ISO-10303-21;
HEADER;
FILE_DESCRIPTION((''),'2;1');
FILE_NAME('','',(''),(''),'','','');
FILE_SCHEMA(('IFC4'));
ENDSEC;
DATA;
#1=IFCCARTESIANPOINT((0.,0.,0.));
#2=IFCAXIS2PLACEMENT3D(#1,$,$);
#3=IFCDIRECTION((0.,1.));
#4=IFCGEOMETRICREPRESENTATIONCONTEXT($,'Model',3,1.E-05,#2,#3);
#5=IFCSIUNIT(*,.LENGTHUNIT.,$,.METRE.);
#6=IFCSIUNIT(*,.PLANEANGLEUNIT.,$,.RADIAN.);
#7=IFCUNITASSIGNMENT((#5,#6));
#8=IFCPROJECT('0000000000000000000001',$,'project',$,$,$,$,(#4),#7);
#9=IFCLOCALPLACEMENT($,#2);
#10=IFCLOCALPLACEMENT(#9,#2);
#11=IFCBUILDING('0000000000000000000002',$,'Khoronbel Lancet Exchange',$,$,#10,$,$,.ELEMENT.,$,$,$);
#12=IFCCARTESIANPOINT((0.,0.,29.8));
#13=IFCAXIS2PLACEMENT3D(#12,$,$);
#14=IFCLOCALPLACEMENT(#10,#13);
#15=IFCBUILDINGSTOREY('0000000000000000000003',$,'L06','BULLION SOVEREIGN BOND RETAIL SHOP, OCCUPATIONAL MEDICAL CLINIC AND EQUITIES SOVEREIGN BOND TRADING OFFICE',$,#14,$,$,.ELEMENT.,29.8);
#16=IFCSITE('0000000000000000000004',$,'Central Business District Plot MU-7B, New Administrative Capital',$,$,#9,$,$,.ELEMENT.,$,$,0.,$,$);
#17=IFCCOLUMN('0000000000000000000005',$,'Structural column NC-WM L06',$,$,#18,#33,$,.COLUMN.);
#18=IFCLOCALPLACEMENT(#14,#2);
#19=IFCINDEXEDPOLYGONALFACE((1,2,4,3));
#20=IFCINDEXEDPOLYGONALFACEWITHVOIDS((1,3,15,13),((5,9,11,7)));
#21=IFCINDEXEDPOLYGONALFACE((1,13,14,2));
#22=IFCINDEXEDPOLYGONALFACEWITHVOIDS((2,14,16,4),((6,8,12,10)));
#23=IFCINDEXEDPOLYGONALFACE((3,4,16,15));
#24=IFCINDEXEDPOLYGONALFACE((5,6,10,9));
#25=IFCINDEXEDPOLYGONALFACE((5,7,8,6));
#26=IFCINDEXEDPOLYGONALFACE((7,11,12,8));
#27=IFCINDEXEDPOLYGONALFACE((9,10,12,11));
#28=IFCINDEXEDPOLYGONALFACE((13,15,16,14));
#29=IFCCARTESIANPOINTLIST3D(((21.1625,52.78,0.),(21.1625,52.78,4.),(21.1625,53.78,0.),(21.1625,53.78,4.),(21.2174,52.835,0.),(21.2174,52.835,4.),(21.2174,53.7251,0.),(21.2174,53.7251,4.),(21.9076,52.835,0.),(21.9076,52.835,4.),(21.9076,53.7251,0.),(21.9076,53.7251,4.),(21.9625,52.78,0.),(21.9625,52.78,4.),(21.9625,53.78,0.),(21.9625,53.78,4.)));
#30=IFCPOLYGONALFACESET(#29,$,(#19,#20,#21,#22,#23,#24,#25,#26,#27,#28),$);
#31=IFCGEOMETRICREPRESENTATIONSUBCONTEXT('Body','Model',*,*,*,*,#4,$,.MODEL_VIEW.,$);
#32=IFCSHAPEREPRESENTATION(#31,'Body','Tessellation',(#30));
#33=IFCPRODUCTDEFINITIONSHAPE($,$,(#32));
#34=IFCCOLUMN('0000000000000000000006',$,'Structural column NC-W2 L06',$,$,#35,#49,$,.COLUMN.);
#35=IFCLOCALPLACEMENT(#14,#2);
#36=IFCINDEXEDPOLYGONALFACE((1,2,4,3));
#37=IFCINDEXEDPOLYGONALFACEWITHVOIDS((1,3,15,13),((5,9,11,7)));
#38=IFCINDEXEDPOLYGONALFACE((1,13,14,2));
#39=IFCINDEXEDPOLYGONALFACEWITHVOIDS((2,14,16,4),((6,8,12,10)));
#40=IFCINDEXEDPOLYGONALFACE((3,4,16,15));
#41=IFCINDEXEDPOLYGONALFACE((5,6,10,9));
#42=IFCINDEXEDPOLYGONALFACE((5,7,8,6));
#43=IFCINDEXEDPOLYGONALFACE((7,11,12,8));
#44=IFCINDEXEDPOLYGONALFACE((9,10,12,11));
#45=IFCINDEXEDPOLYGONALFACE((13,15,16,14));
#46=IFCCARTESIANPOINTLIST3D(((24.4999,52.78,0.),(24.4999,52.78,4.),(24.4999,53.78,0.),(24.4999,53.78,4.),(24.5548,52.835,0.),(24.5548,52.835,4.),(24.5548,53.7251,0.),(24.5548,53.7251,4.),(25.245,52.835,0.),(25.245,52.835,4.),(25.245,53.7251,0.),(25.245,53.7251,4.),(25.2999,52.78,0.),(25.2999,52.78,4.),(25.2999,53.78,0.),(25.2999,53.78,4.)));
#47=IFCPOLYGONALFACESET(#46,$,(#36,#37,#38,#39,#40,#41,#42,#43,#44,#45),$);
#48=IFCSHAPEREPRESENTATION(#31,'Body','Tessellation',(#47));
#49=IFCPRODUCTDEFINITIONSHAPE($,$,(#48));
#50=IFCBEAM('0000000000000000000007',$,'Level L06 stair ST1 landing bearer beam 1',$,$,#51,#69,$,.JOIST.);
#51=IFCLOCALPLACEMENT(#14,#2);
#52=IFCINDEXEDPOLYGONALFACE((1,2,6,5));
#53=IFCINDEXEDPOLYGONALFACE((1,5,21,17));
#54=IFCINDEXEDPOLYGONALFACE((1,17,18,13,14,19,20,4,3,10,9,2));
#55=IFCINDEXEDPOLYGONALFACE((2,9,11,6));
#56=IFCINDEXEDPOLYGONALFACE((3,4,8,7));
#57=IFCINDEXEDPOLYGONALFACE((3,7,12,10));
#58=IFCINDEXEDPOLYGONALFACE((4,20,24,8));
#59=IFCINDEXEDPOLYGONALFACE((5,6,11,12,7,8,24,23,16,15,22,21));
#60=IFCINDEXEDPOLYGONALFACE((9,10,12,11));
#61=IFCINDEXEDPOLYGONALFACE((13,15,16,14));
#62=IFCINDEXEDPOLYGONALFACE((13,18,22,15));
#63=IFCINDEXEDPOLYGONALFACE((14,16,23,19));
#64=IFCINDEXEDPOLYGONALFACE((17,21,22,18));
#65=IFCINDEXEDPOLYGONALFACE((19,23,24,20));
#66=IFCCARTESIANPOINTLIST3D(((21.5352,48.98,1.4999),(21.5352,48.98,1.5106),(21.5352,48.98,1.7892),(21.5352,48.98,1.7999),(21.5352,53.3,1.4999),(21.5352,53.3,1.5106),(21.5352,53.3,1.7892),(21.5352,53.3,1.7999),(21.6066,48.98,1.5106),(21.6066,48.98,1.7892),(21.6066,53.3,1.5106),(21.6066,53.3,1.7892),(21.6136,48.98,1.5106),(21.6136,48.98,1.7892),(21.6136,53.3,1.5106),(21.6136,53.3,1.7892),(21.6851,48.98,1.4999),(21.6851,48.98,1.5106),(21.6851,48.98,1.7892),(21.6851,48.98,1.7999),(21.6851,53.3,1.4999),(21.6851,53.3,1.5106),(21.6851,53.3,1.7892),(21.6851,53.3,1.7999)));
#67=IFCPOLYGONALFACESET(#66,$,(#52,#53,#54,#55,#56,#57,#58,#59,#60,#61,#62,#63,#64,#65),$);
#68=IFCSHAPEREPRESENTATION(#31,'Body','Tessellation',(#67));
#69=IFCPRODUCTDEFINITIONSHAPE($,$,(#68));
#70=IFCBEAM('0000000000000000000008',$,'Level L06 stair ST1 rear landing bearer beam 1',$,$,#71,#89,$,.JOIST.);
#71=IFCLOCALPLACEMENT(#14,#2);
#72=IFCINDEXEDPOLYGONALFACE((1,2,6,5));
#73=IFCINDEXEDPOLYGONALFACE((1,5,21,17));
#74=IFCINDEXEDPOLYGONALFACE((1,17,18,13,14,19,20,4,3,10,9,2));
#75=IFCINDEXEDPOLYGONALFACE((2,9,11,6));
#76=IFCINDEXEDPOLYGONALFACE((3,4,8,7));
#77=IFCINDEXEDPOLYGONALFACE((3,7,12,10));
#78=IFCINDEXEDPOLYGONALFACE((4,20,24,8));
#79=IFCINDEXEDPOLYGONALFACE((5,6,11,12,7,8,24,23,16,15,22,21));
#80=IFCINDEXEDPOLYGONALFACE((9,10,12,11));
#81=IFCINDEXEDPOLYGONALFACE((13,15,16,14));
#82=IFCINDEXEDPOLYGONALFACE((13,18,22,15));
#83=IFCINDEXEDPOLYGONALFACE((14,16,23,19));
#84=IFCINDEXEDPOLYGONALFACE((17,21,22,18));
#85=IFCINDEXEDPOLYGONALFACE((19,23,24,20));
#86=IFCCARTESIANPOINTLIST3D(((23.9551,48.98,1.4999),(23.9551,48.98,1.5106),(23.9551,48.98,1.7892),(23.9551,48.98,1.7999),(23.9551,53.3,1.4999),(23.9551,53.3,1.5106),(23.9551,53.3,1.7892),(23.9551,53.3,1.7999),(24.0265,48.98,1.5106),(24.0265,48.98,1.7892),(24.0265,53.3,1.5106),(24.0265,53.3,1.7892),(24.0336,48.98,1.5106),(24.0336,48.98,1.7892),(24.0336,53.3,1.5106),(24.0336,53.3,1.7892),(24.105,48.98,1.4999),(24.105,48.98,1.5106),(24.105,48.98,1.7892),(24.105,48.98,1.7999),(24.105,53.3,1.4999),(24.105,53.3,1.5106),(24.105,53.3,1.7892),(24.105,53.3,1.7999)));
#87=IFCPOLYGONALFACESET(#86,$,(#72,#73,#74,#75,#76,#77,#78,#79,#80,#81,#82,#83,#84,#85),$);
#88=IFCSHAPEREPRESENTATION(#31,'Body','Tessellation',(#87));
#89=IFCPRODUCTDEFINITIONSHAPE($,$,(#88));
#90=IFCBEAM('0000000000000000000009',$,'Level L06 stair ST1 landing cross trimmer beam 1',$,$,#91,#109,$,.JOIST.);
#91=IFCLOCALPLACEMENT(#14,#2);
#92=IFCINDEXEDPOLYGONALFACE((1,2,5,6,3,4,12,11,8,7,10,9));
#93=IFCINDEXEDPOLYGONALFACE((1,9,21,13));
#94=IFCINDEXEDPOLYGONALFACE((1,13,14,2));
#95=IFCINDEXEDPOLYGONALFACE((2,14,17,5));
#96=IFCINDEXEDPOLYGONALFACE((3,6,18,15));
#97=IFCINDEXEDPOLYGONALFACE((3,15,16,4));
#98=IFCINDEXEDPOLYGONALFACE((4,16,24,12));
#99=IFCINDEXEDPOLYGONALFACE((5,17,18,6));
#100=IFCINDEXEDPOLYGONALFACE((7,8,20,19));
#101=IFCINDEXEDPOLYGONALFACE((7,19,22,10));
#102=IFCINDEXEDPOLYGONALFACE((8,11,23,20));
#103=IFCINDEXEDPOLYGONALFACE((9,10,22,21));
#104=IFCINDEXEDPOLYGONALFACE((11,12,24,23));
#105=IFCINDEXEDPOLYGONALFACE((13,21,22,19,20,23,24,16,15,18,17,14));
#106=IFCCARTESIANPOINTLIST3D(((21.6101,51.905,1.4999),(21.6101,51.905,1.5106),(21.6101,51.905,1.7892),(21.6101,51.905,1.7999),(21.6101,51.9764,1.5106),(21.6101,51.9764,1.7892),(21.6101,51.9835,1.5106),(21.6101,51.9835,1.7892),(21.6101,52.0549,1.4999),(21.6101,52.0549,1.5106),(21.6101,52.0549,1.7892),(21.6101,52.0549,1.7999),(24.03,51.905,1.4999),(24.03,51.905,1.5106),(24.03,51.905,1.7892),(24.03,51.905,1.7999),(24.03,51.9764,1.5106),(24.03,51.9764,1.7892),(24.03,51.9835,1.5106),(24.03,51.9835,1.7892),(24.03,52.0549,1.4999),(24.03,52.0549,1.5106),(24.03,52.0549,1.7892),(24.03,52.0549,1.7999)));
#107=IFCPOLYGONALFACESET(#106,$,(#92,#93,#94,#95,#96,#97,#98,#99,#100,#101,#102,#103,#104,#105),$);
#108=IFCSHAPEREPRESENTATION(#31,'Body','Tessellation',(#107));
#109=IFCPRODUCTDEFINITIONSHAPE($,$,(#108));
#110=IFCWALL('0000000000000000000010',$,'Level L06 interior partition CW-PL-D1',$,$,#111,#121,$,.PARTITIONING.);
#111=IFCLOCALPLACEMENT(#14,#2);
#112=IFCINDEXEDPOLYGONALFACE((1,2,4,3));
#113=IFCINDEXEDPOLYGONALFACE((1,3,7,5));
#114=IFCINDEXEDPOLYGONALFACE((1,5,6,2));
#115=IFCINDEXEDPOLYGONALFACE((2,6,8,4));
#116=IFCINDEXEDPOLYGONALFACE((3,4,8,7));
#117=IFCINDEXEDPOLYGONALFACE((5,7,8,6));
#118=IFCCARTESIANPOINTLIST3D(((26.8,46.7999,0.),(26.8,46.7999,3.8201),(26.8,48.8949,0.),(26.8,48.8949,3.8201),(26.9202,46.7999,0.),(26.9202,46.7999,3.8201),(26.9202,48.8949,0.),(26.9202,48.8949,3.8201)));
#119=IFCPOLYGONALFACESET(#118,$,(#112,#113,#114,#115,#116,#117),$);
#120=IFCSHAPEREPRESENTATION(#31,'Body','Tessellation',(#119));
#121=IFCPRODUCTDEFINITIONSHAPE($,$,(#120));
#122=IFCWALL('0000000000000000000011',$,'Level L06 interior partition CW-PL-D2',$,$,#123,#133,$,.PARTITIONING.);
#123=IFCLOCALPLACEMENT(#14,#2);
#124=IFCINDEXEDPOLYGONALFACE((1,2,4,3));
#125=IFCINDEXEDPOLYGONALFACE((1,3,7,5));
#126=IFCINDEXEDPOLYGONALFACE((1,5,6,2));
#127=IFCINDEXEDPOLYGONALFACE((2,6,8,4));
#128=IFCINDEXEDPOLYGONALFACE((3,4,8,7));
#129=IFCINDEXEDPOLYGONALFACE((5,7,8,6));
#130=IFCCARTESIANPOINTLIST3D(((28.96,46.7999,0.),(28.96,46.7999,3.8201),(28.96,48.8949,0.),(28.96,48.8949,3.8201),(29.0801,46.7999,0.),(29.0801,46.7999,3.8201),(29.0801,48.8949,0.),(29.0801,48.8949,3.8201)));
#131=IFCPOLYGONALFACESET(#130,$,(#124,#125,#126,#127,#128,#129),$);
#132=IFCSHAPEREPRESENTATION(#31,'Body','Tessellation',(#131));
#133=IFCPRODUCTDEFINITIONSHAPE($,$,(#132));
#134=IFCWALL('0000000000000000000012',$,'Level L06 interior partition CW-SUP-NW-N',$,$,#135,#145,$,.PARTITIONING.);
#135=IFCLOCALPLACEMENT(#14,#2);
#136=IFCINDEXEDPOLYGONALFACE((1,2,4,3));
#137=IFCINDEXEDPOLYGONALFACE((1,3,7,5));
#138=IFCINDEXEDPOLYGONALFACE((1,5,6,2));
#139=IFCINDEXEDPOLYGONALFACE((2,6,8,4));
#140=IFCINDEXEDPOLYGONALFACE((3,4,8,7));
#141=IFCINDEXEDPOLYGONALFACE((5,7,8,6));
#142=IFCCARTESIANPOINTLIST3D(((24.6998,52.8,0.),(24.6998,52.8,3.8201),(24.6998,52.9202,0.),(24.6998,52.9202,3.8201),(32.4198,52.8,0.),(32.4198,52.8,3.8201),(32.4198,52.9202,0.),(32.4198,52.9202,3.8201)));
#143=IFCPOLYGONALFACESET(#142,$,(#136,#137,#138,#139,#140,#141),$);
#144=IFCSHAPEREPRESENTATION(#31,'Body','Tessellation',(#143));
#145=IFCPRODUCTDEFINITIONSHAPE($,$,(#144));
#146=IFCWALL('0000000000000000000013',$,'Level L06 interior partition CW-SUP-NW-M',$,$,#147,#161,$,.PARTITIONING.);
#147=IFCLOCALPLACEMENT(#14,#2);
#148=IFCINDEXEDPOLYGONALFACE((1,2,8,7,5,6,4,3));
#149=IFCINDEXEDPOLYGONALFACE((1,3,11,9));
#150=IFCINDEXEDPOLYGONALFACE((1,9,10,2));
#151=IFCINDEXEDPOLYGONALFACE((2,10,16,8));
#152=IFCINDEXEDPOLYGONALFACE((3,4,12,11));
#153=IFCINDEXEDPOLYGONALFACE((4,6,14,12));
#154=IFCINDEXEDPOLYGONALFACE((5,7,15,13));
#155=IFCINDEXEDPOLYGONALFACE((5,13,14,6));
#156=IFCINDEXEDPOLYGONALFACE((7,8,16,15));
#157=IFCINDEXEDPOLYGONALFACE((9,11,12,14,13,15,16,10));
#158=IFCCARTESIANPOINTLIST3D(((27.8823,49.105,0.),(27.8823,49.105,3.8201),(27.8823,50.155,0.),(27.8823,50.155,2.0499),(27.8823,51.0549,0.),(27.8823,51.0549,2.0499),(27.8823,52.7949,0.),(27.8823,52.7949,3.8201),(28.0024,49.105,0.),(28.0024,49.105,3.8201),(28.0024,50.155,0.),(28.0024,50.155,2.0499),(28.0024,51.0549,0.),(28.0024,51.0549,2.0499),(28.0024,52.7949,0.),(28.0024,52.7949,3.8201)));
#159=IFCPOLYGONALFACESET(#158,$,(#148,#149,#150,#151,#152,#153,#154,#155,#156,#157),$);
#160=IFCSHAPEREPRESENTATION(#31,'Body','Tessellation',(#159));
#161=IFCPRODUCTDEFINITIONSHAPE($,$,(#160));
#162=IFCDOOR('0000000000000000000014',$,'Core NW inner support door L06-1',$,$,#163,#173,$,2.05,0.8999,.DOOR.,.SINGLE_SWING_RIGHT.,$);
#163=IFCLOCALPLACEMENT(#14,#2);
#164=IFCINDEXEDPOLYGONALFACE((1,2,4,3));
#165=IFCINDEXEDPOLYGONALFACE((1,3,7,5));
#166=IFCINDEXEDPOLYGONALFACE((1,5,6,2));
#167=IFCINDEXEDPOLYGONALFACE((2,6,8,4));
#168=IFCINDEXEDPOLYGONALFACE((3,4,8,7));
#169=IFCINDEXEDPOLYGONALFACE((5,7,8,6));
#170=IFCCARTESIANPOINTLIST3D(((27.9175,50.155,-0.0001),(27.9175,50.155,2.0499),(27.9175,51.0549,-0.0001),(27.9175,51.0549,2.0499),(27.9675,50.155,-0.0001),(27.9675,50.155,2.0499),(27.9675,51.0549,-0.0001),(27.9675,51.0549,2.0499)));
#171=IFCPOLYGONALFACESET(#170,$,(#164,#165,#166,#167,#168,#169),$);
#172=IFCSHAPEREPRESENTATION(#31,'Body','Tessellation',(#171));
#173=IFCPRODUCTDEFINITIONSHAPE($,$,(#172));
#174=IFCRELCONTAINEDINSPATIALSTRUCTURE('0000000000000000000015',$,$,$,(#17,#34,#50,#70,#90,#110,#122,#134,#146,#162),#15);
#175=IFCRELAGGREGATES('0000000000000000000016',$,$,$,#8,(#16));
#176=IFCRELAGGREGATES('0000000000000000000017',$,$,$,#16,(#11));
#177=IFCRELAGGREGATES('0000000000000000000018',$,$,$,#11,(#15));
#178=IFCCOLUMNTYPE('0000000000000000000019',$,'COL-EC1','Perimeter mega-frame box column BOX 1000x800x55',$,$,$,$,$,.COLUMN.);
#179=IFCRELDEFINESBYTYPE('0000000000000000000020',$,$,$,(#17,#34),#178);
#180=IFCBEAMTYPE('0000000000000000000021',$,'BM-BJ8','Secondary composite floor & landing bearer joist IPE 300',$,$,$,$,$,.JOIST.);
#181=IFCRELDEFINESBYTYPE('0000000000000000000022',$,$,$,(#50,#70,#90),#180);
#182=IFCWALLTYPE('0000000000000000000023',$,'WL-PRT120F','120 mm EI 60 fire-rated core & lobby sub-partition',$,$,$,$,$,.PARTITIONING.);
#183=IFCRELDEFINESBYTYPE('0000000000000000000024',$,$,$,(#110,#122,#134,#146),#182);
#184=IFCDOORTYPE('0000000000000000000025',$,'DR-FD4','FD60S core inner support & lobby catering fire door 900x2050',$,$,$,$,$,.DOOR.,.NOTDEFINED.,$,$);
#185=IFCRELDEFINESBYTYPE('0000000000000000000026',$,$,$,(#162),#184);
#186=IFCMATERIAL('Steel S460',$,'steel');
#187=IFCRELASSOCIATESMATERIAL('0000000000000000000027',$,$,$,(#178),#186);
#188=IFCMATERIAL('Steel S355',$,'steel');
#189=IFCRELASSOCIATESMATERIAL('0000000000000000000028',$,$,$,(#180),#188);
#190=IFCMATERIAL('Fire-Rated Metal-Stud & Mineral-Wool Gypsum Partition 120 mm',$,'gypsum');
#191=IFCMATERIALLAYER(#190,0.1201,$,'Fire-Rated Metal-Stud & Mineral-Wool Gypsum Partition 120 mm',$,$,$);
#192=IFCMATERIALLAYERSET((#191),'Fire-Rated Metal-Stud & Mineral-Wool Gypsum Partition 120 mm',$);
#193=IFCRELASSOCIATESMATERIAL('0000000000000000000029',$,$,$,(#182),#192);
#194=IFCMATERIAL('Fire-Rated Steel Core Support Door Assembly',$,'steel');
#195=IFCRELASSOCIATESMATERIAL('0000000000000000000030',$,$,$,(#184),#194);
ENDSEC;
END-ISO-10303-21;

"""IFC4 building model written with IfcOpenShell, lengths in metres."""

from ifc_helpers import new_model, si_unit, direction, frame, frame_2d, origin, origin_2d, place, context, subcontext, project, spatial, rectangle, hollow_rectangle, i_section, extrude, material, layer, layer_set, material_profile, profile_set, type_object, element, fill, save


model = new_model("IFC4")

# Units and contexts
model_context = context("Model", 3, precision=1e-05, world=origin(), true_north=direction((0.0, 1.0)))
body_context = subcontext(model_context, "Body", "Model", "MODEL_VIEW")
ifc_project = project(units=[si_unit("LENGTHUNIT", "METRE"), si_unit("PLANEANGLEUNIT", "RADIAN")], contexts=[model_context])

# Site, building, storey
site_placement = place(None, origin())
site = spatial("IfcSite", under=ifc_project, at=site_placement, Name="Central Business District Plot MU-7B, New Administrative Capital", CompositionType="ELEMENT", RefElevation=0.0)
building_placement = place(site_placement, origin())
building = spatial("IfcBuilding", under=site, at=building_placement, Name="Khoronbel Lancet Exchange", CompositionType="ELEMENT")
storey_placement = place(building_placement, frame((0.0, 0.0, 29.8)))
storey = spatial("IfcBuildingStorey", under=building, at=storey_placement, Name="L06", Description="BULLION SOVEREIGN BOND RETAIL SHOP, OCCUPATIONAL MEDICAL CLINIC AND EQUITIES SOVEREIGN BOND TRADING OFFICE", CompositionType="ELEMENT", Elevation=29.8)

# Columns
ifc_material_1 = material(Name="Steel S460", Category="steel")
ifc_material_profile_1 = material_profile(ifc_material_1, hollow_rectangle(XDim=0.8, YDim=1.0, WallThickness=0.0549, at=origin_2d()), Name="BOX 1000x800x55")
ifc_profile_set_1 = profile_set([ifc_material_profile_1], Name="Steel S460")
column_type = type_object("IfcColumnType", Name="COL-EC1", Description="Perimeter mega-frame box column BOX 1000x800x55", PredefinedType="COLUMN", material=ifc_profile_set_1)
for number, where, z_axis, x_axis, name in (
    (1, (21.5625, 53.28, 0.0), (0.0, 0.0, 1.0), (1.0, 0.0, 0.0), "Structural column NC-WM L06"),
    (2, (24.8999, 53.28, 0.0), (0.0, 0.0, 1.0), (1.0, 0.0, 0.0), "Structural column NC-W2 L06"),
):
    element("IfcColumn", number, at=place(storey_placement, frame(where, z_axis=z_axis, x_axis=x_axis)), inside=storey, type_object=column_type, Name=name, PredefinedType="COLUMN", context=body_context, shape_type="SweptSolid", body=[
        extrude(hollow_rectangle(XDim=0.8, YDim=1.0, WallThickness=0.0549, at=origin_2d()), origin(), (0.0, 0.0, 1.0), 4.0),
    ])

# Beams
ifc_material_2 = material(Name="Steel S355", Category="steel")
ifc_material_profile_2 = material_profile(ifc_material_2, i_section(OverallWidth=0.1499, OverallDepth=0.3, WebThickness=0.0071, FlangeThickness=0.0107, at=origin_2d()), Name="IPE 300")
ifc_profile_set_2 = profile_set([ifc_material_profile_2], Name="Steel S355")
beam_type = type_object("IfcBeamType", Name="BM-BJ8", Description="Secondary composite floor & landing bearer joist IPE 300", PredefinedType="JOIST", material=ifc_profile_set_2)
for number, where, z_axis, x_axis, name in (
    (3, (21.6101, 48.98, 1.6499), (0.0, 1.0, 0.0), (-1.0, 0.0, 0.0), "Level L06 stair ST1 landing bearer beam 1"),
    (4, (24.03, 48.98, 1.6499), (0.0, 1.0, 0.0), (-1.0, 0.0, 0.0), "Level L06 stair ST1 rear landing bearer beam 1"),
):
    element("IfcBeam", number, at=place(storey_placement, frame(where, z_axis=z_axis, x_axis=x_axis)), inside=storey, type_object=beam_type, Name=name, PredefinedType="JOIST", context=body_context, shape_type="SweptSolid", body=[
        extrude(i_section(OverallWidth=0.1499, OverallDepth=0.3, WebThickness=0.0071, FlangeThickness=0.0107, at=origin_2d()), origin(), (0.0, 0.0, 1.0), 4.3201),
    ])
beam_placement = place(storey_placement, frame((21.6101, 51.98, 1.6499), z_axis=(1.0, 0.0, 0.0), x_axis=(0.0, 1.0, 0.0)))
element("IfcBeam", 5, at=beam_placement, inside=storey, type_object=beam_type, Name="Level L06 stair ST1 landing cross trimmer beam 1", PredefinedType="JOIST", context=body_context, shape_type="SweptSolid", body=[
    extrude(i_section(OverallWidth=0.1499, OverallDepth=0.3, WebThickness=0.0071, FlangeThickness=0.0107, at=origin_2d()), origin(), (0.0, 0.0, 1.0), 2.4199),
])

# Walls
ifc_material_3 = material(Name="Fire-Rated Metal-Stud & Mineral-Wool Gypsum Partition 120 mm", Category="gypsum")
ifc_layer_1 = layer(ifc_material_3, 0.1201, Name="Fire-Rated Metal-Stud & Mineral-Wool Gypsum Partition 120 mm")
ifc_layer_set_1 = layer_set([ifc_layer_1], Name="Fire-Rated Metal-Stud & Mineral-Wool Gypsum Partition 120 mm")
wall_type_1 = type_object("IfcWallType", Name="WL-PRT120F", Description="120 mm EI 60 fire-rated core & lobby sub-partition", PredefinedType="PARTITIONING", material=ifc_layer_set_1)
for number, where, z_axis, x_axis, name in (
    (6, (26.8601, 46.8, 0.0), (0.0, 0.0, 1.0), (0.0, 1.0, 0.0), "Level L06 interior partition CW-PL-D1"),
    (7, (29.02, 46.8, 0.0), (0.0, 0.0, 1.0), (0.0, 1.0, 0.0), "Level L06 interior partition CW-PL-D2"),
):
    element("IfcWall", number, at=place(storey_placement, frame(where, z_axis=z_axis, x_axis=x_axis)), inside=storey, type_object=wall_type_1, Name=name, PredefinedType="PARTITIONING", context=body_context, shape_type="SweptSolid", body=[
        extrude(rectangle(XDim=2.095, YDim=0.1201, at=frame_2d((1.0474, 0.0))), origin(), (0.0, 0.0, 1.0), 3.8201),
    ])
wall_1_placement = place(storey_placement, frame((24.7, 52.8601, 0.0), z_axis=(0.0, 0.0, 1.0), x_axis=(1.0, 0.0, 0.0)))
element("IfcWall", 8, at=wall_1_placement, inside=storey, type_object=wall_type_1, Name="Level L06 interior partition CW-SUP-NW-N", PredefinedType="PARTITIONING", context=body_context, shape_type="SweptSolid", body=[
    extrude(rectangle(XDim=7.72, YDim=0.1201, at=frame_2d((3.8599, 0.0))), origin(), (0.0, 0.0, 1.0), 3.8201),
])

# Wall, opening, door
wall_2_placement = place(storey_placement, frame((27.9424, 49.105, 0.0), z_axis=(0.0, 0.0, 1.0), x_axis=(0.0, 1.0, 0.0)))
wall_2 = element("IfcWall", 9, at=wall_2_placement, inside=storey, type_object=wall_type_1, Name="Level L06 interior partition CW-SUP-NW-M", PredefinedType="PARTITIONING", context=body_context, shape_type="SweptSolid", body=[
    extrude(rectangle(XDim=3.6899, YDim=0.1201, at=frame_2d((1.845, 0.0))), origin(), (0.0, 0.0, 1.0), 3.8201),
])
opening_1_placement = place(wall_2_placement, frame((1.05, 0.0, 0.0)))
opening_1 = element("IfcOpeningElement", 10, at=opening_1_placement, cuts=wall_2, PredefinedType="OPENING", context=body_context, shape_type="SweptSolid", body=[
    extrude(rectangle(XDim=0.8999, YDim=2.05, at=frame_2d((0.45, 1.0249))), frame((0.0, 0.0701, 0.0), z_axis=(0.0, -1.0, 0.0), x_axis=(1.0, 0.0, 0.0)), (0.0, 0.0, 1.0), 0.1401),
])
ifc_material_4 = material(Name="Fire-Rated Steel Core Support Door Assembly", Category="steel")
door_type_1 = type_object("IfcDoorType", Name="DR-FD4", Description="FD60S core inner support & lobby catering fire door 900x2050", OperationType="NOTDEFINED", PredefinedType="DOOR", material=ifc_material_4)
door_1_placement = place(opening_1_placement, origin())
door_1 = element("IfcDoor", 11, at=door_1_placement, inside=storey, type_object=door_type_1, Name="Core NW inner support door L06-1", OperationType="SINGLE_SWING_RIGHT", OverallHeight=2.05, OverallWidth=0.8999, PredefinedType="DOOR", context=body_context, shape_type="SweptSolid", body=[
    extrude(rectangle(XDim=0.8999, YDim=2.05, at=frame_2d((0.45, 1.0249))), frame((0.0, 0.0249, 0.0), z_axis=(0.0, -1.0, 0.0), x_axis=(1.0, 0.0, 0.0)), (0.0, 0.0, 1.0), 0.05),
])
fill(opening_1, door_1)

save(model, "model.ifc")
